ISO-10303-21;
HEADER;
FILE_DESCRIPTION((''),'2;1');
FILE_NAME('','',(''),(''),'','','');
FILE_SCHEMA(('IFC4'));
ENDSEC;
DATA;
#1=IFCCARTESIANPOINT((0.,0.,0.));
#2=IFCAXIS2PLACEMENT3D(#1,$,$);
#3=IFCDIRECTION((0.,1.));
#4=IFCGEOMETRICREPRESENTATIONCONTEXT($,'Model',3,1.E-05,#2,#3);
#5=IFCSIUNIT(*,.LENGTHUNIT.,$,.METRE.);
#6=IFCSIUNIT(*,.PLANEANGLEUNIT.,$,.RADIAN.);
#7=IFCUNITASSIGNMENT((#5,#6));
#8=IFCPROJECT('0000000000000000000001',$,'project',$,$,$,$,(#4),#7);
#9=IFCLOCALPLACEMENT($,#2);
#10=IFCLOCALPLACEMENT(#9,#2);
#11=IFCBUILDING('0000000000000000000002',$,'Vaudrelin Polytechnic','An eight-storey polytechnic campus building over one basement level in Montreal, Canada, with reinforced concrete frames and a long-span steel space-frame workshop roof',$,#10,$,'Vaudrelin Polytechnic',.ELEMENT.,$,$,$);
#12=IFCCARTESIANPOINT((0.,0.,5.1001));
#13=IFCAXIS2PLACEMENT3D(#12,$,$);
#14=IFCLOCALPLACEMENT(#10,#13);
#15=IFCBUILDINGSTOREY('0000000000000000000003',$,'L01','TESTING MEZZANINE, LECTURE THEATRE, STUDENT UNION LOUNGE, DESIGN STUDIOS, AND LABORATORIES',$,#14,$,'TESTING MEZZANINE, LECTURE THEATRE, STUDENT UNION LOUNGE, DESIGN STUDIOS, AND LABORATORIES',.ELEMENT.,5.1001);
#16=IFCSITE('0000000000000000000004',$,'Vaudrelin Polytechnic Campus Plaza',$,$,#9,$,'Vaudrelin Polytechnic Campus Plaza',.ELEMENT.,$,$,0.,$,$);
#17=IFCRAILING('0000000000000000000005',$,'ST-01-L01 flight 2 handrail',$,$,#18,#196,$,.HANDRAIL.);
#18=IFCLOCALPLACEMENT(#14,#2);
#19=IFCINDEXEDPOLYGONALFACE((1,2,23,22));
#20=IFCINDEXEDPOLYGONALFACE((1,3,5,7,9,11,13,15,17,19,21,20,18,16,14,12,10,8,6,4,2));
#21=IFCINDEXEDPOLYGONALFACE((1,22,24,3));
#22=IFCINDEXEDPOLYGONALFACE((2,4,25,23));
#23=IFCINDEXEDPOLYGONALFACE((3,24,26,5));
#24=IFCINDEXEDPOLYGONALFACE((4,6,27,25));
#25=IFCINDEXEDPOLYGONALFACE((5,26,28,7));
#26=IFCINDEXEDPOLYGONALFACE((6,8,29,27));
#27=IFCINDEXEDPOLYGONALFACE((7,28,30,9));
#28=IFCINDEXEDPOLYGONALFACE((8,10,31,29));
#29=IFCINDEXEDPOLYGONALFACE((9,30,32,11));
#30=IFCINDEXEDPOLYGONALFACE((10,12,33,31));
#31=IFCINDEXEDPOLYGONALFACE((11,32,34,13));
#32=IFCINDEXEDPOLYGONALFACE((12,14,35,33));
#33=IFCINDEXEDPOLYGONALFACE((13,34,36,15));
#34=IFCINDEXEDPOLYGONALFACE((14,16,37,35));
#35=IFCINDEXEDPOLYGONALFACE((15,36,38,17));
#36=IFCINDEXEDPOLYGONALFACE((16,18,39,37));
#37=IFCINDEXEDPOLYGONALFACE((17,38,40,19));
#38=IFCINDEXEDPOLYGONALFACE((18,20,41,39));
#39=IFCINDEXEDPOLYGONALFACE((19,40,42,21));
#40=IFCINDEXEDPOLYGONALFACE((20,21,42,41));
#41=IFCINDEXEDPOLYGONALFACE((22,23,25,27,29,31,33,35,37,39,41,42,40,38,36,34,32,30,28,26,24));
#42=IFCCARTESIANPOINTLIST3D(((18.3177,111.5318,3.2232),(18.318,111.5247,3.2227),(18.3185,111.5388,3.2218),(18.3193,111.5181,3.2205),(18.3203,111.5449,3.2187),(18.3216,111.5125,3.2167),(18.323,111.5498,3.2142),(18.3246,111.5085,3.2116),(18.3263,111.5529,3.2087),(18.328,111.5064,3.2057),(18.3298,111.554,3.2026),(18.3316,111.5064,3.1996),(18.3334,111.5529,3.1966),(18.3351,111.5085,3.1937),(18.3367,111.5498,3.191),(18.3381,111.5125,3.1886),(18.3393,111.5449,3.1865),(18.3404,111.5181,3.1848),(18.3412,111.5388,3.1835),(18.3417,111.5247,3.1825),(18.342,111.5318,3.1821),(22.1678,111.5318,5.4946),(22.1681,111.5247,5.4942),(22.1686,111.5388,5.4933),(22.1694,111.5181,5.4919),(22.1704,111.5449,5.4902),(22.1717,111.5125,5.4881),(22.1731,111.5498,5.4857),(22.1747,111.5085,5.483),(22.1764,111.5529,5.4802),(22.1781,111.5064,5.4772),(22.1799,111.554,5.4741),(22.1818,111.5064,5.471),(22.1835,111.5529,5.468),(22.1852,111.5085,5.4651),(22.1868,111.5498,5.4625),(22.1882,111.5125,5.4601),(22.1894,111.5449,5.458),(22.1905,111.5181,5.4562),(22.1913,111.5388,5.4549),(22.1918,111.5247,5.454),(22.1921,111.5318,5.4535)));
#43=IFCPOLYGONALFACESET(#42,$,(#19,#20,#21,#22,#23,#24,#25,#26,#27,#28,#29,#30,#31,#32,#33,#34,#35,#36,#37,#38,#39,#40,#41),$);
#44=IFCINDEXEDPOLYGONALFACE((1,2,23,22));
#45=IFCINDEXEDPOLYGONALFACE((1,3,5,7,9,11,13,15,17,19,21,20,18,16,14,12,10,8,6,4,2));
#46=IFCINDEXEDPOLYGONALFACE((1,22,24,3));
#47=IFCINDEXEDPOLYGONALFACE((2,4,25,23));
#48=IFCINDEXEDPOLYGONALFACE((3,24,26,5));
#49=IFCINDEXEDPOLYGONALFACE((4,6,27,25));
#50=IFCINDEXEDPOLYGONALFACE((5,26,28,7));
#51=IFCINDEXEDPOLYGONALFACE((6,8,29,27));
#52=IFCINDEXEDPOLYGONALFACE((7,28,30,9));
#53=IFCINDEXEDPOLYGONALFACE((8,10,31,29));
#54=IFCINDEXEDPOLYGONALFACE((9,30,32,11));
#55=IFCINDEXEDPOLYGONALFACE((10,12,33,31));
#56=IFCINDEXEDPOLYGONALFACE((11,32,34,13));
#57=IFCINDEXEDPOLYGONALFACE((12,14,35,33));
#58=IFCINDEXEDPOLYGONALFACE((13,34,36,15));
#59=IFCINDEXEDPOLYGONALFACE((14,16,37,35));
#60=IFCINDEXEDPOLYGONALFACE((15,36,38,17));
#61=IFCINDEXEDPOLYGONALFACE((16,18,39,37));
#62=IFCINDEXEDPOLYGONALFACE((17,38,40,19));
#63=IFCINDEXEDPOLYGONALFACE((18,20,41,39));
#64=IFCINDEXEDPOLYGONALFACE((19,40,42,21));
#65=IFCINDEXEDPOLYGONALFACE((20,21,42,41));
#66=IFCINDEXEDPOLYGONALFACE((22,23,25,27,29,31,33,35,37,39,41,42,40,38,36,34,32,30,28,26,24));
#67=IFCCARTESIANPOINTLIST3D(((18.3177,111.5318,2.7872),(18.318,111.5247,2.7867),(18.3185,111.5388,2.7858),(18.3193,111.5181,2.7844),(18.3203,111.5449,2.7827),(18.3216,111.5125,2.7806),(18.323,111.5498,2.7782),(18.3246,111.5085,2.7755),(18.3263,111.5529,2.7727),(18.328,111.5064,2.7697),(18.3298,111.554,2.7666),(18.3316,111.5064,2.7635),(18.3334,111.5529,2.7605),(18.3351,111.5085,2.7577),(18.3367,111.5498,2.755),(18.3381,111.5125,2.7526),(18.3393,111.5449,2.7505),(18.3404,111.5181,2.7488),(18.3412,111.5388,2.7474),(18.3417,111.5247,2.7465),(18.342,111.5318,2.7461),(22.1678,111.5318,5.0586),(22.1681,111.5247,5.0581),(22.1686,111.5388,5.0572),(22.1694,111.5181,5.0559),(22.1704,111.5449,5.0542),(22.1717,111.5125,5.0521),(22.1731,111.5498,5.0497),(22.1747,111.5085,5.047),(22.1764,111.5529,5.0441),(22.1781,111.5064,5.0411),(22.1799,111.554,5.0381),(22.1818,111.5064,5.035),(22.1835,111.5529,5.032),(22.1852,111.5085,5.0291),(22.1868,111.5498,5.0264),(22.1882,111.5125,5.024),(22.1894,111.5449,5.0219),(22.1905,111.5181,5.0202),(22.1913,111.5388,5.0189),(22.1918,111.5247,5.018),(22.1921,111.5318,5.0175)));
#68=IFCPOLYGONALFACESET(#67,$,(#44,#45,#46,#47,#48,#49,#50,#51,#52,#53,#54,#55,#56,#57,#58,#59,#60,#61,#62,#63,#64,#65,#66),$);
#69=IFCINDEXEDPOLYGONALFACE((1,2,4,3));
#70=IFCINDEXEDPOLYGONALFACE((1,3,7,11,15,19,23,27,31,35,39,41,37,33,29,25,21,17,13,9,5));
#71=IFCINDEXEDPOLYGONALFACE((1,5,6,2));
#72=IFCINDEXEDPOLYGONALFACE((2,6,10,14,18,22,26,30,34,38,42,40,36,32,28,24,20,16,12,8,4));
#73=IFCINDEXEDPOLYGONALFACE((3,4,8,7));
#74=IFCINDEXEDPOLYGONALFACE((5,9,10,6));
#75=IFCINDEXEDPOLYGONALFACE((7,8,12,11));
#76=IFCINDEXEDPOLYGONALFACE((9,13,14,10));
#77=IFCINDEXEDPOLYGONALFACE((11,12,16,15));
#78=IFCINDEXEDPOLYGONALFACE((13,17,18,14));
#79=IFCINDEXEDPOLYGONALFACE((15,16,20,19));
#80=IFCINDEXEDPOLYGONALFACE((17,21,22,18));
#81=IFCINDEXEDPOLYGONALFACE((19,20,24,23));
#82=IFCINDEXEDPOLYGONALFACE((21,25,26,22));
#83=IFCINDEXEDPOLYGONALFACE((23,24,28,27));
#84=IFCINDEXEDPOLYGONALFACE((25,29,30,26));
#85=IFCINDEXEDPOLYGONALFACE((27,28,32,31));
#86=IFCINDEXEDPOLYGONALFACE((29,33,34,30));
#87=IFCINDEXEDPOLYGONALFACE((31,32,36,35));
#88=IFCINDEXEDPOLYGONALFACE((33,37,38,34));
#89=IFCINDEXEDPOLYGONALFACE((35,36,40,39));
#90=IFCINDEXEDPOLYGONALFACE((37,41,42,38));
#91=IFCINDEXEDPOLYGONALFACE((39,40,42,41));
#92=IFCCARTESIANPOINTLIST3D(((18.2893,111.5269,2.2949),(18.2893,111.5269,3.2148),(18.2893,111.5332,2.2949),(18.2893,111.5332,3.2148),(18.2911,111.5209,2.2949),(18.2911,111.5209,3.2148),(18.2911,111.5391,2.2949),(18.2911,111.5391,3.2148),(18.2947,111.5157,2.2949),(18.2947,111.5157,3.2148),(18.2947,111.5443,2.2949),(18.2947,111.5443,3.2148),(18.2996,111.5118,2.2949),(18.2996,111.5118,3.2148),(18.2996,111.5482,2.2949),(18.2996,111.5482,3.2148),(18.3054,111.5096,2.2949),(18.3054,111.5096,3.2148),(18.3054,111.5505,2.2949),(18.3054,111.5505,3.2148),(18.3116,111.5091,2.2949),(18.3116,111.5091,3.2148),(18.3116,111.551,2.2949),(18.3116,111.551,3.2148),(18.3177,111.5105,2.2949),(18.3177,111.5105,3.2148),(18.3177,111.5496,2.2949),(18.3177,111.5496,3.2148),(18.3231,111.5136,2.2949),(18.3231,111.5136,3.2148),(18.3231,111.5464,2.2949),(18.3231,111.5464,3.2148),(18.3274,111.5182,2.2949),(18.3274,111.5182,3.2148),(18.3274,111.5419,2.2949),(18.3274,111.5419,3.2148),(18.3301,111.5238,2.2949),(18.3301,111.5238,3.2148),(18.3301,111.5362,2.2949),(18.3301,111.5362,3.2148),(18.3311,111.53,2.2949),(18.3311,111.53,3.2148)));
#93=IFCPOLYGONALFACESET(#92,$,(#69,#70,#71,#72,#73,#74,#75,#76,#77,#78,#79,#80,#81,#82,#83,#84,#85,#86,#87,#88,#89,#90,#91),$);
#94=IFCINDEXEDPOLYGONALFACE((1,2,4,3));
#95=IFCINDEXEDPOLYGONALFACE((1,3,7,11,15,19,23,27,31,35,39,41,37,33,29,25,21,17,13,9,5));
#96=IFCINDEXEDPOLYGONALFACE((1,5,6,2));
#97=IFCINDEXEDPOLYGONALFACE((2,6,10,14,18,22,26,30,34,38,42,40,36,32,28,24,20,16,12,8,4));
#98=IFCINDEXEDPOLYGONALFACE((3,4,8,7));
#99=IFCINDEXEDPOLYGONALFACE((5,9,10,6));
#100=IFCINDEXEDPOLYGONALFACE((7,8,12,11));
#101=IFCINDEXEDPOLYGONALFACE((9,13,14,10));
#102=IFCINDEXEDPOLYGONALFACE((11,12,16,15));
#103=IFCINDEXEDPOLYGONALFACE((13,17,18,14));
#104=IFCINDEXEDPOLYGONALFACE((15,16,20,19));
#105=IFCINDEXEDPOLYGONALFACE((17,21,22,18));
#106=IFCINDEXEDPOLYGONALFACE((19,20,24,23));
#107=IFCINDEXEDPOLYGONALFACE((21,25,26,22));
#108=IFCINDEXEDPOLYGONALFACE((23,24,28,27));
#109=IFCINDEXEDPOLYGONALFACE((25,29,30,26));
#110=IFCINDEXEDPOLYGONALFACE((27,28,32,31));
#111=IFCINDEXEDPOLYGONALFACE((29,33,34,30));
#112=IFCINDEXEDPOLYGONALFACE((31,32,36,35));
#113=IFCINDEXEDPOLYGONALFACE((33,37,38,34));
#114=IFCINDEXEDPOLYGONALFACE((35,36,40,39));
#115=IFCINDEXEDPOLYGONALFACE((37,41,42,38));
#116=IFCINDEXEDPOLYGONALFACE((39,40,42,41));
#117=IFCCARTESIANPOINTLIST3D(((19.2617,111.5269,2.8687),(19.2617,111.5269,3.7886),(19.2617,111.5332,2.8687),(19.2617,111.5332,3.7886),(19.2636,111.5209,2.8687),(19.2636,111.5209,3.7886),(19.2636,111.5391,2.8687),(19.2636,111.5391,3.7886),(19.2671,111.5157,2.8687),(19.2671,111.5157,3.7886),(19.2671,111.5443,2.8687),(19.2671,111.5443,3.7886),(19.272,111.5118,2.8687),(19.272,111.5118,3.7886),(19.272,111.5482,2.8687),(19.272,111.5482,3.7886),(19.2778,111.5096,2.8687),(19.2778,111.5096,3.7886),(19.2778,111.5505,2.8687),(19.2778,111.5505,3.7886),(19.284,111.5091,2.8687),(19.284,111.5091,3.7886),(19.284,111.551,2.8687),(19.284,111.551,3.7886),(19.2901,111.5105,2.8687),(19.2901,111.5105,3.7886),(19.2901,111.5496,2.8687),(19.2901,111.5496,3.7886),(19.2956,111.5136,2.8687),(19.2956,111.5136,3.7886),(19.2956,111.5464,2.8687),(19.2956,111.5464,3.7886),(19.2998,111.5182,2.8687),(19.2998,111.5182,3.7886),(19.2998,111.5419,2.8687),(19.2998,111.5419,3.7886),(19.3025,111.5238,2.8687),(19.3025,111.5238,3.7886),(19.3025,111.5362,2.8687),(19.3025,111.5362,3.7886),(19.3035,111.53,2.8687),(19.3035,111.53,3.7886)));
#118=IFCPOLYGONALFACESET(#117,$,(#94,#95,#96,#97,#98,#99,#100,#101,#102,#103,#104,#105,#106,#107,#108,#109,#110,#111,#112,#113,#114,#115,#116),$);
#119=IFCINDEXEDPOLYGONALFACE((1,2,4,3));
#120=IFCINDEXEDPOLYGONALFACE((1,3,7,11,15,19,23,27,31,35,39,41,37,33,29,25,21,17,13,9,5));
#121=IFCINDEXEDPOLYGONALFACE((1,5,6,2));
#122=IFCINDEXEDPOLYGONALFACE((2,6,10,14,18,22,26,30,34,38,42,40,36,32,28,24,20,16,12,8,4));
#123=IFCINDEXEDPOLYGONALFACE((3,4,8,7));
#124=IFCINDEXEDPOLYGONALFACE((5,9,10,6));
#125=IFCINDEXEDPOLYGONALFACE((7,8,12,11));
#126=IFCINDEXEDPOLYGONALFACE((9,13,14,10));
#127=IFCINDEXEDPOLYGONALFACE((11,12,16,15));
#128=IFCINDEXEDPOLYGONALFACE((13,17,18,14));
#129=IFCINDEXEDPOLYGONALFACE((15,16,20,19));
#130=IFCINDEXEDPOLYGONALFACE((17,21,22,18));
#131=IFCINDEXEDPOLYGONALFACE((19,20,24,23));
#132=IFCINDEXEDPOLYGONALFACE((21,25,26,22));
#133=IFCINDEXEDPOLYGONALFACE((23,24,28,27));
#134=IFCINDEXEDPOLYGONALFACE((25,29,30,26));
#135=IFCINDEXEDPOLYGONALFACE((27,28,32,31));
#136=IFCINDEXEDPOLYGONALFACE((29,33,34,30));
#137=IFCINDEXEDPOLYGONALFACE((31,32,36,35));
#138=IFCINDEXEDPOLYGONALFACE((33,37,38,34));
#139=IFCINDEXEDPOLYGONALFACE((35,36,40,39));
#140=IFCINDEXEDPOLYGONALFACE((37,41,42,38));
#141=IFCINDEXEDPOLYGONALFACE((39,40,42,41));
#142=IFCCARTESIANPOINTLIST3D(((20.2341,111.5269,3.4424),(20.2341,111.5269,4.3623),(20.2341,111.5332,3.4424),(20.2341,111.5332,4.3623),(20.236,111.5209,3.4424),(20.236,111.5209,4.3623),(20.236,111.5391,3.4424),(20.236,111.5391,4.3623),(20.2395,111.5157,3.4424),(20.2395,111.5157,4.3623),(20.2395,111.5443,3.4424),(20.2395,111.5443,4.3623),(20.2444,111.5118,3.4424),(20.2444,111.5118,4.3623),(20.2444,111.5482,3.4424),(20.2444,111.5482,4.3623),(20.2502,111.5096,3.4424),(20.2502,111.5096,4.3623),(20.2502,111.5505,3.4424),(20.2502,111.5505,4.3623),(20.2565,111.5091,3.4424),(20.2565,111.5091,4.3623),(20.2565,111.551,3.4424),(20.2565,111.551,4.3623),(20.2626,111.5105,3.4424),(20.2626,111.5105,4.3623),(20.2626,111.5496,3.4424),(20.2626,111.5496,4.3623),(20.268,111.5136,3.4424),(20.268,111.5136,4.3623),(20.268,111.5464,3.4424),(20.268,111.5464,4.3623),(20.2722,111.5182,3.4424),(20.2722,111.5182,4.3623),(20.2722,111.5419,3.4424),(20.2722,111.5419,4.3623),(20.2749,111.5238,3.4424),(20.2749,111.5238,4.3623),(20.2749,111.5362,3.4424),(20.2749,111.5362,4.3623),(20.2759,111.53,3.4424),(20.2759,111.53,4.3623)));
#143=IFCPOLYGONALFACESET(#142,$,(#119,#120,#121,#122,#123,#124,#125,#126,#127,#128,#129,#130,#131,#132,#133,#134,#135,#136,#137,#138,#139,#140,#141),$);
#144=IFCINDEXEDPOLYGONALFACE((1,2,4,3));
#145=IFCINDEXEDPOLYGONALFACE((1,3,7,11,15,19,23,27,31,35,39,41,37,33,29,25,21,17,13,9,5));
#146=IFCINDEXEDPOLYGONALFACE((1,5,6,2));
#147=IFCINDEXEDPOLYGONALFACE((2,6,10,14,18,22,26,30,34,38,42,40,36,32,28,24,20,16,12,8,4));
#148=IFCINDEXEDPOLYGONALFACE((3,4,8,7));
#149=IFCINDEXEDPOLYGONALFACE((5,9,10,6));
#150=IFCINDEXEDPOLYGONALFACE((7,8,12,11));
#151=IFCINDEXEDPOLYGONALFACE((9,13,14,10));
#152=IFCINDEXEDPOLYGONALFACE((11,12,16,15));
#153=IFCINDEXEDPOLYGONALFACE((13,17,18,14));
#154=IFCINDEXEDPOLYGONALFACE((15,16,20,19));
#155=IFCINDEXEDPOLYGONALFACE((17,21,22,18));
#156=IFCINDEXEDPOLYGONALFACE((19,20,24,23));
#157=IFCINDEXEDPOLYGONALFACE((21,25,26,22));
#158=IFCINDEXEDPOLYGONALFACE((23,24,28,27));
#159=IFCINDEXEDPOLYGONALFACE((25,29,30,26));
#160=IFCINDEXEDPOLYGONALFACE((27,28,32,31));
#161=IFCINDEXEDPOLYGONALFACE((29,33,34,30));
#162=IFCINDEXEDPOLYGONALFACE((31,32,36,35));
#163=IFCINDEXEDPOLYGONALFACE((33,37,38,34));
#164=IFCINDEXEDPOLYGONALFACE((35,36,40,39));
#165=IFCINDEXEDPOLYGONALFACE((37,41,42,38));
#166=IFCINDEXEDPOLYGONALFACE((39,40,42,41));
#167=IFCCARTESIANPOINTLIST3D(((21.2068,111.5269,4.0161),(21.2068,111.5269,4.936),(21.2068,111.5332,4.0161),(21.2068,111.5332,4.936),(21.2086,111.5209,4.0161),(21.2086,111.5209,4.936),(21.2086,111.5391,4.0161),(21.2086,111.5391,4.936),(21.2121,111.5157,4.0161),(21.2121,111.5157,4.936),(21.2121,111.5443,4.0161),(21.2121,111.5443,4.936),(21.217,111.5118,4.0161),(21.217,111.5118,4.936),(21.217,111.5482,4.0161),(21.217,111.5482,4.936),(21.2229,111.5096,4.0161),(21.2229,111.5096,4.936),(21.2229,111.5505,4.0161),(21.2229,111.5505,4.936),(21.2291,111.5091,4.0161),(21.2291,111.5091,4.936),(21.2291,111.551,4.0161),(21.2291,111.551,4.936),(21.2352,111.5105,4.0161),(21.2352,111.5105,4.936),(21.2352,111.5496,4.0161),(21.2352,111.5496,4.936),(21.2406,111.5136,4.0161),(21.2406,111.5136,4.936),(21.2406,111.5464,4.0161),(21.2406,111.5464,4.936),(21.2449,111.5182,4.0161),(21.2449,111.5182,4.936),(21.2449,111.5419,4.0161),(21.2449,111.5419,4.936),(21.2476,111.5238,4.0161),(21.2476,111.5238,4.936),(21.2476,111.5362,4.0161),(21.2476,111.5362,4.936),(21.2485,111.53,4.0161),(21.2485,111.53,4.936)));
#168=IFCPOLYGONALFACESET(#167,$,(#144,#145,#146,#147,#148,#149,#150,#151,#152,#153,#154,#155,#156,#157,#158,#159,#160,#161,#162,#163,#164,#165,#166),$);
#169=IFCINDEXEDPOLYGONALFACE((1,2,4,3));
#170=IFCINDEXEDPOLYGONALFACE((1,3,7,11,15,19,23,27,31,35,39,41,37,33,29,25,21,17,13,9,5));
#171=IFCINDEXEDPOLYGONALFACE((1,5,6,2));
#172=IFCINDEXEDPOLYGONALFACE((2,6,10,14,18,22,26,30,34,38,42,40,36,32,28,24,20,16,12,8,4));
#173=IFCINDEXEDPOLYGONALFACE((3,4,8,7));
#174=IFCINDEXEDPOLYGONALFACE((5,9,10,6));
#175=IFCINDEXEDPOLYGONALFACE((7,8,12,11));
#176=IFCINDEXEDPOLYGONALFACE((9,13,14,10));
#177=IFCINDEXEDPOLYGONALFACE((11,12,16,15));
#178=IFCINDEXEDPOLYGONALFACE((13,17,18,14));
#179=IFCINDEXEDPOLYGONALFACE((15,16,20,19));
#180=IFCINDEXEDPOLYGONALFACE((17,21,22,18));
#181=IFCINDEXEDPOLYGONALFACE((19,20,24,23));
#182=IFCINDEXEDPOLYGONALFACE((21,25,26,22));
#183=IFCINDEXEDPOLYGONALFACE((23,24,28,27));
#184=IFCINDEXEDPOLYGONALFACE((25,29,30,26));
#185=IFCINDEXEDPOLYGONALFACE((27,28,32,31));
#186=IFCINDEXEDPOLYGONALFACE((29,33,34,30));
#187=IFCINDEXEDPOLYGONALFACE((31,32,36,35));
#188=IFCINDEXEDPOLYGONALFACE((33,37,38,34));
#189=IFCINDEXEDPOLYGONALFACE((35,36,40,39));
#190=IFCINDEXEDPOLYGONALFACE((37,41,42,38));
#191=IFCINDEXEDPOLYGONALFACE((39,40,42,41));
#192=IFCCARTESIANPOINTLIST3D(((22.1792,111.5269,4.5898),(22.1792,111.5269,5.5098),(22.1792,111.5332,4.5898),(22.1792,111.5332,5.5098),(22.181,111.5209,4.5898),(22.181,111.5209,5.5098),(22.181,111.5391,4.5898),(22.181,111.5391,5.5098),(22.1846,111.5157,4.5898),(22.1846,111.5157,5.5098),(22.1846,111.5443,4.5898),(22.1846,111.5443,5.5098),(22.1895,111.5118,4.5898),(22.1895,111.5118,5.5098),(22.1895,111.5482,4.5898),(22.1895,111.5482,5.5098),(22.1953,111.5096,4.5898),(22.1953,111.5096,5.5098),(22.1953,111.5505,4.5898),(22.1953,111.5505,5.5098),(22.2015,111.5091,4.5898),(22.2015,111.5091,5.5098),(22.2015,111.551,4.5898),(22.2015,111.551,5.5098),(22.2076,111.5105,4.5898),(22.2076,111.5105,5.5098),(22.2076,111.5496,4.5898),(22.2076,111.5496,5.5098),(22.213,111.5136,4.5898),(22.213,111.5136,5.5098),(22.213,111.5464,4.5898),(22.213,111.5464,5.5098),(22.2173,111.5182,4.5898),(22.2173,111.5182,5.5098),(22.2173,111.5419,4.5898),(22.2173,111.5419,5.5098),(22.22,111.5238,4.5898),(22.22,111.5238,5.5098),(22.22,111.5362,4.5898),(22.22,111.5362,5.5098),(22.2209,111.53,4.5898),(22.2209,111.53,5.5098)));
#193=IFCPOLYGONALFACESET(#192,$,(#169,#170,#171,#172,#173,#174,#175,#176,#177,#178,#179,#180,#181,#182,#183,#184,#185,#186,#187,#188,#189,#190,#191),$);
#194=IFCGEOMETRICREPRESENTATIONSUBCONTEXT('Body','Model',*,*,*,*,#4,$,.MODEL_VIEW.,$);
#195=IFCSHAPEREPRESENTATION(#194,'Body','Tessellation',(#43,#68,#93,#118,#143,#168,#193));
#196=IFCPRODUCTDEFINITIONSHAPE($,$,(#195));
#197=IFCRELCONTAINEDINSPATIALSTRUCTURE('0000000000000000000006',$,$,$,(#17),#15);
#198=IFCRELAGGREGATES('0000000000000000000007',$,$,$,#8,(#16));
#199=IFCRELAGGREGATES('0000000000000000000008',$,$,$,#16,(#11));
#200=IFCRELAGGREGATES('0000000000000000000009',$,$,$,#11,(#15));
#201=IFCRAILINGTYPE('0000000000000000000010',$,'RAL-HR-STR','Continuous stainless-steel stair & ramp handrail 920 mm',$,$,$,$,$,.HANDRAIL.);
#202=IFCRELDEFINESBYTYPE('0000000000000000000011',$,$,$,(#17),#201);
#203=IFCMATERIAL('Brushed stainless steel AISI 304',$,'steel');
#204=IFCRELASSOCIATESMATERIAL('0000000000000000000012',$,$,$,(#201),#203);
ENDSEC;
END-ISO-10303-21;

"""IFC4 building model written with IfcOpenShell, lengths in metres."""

from ifc_helpers import new_model, si_unit, direction, frame, origin, origin_2d, place, context, subcontext, project, spatial, circle, extrude, material, type_object, element, save


model = new_model("IFC4")

# Units and contexts
model_context = context("Model", 3, precision=1e-05, world=origin(), true_north=direction((0.0, 1.0)))
body_context = subcontext(model_context, "Body", "Model", "MODEL_VIEW")
ifc_project = project(units=[si_unit("LENGTHUNIT", "METRE"), si_unit("PLANEANGLEUNIT", "RADIAN")], contexts=[model_context])

# Site, building, storey
site_placement = place(None, origin())
site = spatial("IfcSite", under=ifc_project, at=site_placement, Name="Vaudrelin Polytechnic Campus Plaza", LongName="Vaudrelin Polytechnic Campus Plaza", CompositionType="ELEMENT", RefElevation=0.0)
building_placement = place(site_placement, origin())
building = spatial("IfcBuilding", under=site, at=building_placement, Name="Vaudrelin Polytechnic", Description="An eight-storey polytechnic campus building over one basement level in Montreal, Canada, with reinforced concrete frames and a long-span steel space-frame workshop roof", LongName="Vaudrelin Polytechnic", CompositionType="ELEMENT")
storey_placement = place(building_placement, frame((0.0, 0.0, 5.1001)))
storey = spatial("IfcBuildingStorey", under=building, at=storey_placement, Name="L01", Description="TESTING MEZZANINE, LECTURE THEATRE, STUDENT UNION LOUNGE, DESIGN STUDIOS, AND LABORATORIES", LongName="TESTING MEZZANINE, LECTURE THEATRE, STUDENT UNION LOUNGE, DESIGN STUDIOS, AND LABORATORIES", CompositionType="ELEMENT", Elevation=5.1001)

# Shared definitions
ifc_material_1 = material(Name="Brushed stainless steel AISI 304", Category="steel")

# Railing
railing_type_1 = type_object("IfcRailingType", Name="RAL-HR-STR", Description="Continuous stainless-steel stair & ramp handrail 920 mm", PredefinedType="HANDRAIL", material=ifc_material_1)
railing_1_placement = place(storey_placement, frame((18.3101, 111.53, 2.2949)))
element("IfcRailing", 1, at=railing_1_placement, inside=storey, type_object=railing_type_1, Name="ST-01-L01 flight 2 handrail", PredefinedType="HANDRAIL", context=body_context, shape_type="SweptSolid", body=[
    extrude(circle(Radius=0.0239, at=origin_2d()), frame((0.0198, 0.0, 0.9077), z_axis=(0.86128, 0.0, 0.50813), x_axis=(0.0, 1.0, 0.0)), (0.0, 0.0, 1.0), 4.4702),
    extrude(circle(Radius=0.0239, at=origin_2d()), frame((0.0198, 0.0, 0.4717), z_axis=(0.86128, 0.0, 0.50813), x_axis=(0.0, 1.0, 0.0)), (0.0, 0.0, 1.0), 4.4702),
    extrude(circle(Radius=0.021, at=origin_2d()), origin(), (0.0, 0.0, 1.0), 0.9199),
    extrude(circle(Radius=0.021, at=origin_2d()), frame((0.9724, 0.0, 0.5737)), (0.0, 0.0, 1.0), 0.9199),
    extrude(circle(Radius=0.021, at=origin_2d()), frame((1.9448, 0.0, 1.1475)), (0.0, 0.0, 1.0), 0.9199),
    extrude(circle(Radius=0.021, at=origin_2d()), frame((2.9175, 0.0, 1.7212)), (0.0, 0.0, 1.0), 0.9199),
    extrude(circle(Radius=0.021, at=origin_2d()), frame((3.8899, 0.0, 2.2949)), (0.0, 0.0, 1.0), 0.9199),
])

save(model, "model.ifc")
